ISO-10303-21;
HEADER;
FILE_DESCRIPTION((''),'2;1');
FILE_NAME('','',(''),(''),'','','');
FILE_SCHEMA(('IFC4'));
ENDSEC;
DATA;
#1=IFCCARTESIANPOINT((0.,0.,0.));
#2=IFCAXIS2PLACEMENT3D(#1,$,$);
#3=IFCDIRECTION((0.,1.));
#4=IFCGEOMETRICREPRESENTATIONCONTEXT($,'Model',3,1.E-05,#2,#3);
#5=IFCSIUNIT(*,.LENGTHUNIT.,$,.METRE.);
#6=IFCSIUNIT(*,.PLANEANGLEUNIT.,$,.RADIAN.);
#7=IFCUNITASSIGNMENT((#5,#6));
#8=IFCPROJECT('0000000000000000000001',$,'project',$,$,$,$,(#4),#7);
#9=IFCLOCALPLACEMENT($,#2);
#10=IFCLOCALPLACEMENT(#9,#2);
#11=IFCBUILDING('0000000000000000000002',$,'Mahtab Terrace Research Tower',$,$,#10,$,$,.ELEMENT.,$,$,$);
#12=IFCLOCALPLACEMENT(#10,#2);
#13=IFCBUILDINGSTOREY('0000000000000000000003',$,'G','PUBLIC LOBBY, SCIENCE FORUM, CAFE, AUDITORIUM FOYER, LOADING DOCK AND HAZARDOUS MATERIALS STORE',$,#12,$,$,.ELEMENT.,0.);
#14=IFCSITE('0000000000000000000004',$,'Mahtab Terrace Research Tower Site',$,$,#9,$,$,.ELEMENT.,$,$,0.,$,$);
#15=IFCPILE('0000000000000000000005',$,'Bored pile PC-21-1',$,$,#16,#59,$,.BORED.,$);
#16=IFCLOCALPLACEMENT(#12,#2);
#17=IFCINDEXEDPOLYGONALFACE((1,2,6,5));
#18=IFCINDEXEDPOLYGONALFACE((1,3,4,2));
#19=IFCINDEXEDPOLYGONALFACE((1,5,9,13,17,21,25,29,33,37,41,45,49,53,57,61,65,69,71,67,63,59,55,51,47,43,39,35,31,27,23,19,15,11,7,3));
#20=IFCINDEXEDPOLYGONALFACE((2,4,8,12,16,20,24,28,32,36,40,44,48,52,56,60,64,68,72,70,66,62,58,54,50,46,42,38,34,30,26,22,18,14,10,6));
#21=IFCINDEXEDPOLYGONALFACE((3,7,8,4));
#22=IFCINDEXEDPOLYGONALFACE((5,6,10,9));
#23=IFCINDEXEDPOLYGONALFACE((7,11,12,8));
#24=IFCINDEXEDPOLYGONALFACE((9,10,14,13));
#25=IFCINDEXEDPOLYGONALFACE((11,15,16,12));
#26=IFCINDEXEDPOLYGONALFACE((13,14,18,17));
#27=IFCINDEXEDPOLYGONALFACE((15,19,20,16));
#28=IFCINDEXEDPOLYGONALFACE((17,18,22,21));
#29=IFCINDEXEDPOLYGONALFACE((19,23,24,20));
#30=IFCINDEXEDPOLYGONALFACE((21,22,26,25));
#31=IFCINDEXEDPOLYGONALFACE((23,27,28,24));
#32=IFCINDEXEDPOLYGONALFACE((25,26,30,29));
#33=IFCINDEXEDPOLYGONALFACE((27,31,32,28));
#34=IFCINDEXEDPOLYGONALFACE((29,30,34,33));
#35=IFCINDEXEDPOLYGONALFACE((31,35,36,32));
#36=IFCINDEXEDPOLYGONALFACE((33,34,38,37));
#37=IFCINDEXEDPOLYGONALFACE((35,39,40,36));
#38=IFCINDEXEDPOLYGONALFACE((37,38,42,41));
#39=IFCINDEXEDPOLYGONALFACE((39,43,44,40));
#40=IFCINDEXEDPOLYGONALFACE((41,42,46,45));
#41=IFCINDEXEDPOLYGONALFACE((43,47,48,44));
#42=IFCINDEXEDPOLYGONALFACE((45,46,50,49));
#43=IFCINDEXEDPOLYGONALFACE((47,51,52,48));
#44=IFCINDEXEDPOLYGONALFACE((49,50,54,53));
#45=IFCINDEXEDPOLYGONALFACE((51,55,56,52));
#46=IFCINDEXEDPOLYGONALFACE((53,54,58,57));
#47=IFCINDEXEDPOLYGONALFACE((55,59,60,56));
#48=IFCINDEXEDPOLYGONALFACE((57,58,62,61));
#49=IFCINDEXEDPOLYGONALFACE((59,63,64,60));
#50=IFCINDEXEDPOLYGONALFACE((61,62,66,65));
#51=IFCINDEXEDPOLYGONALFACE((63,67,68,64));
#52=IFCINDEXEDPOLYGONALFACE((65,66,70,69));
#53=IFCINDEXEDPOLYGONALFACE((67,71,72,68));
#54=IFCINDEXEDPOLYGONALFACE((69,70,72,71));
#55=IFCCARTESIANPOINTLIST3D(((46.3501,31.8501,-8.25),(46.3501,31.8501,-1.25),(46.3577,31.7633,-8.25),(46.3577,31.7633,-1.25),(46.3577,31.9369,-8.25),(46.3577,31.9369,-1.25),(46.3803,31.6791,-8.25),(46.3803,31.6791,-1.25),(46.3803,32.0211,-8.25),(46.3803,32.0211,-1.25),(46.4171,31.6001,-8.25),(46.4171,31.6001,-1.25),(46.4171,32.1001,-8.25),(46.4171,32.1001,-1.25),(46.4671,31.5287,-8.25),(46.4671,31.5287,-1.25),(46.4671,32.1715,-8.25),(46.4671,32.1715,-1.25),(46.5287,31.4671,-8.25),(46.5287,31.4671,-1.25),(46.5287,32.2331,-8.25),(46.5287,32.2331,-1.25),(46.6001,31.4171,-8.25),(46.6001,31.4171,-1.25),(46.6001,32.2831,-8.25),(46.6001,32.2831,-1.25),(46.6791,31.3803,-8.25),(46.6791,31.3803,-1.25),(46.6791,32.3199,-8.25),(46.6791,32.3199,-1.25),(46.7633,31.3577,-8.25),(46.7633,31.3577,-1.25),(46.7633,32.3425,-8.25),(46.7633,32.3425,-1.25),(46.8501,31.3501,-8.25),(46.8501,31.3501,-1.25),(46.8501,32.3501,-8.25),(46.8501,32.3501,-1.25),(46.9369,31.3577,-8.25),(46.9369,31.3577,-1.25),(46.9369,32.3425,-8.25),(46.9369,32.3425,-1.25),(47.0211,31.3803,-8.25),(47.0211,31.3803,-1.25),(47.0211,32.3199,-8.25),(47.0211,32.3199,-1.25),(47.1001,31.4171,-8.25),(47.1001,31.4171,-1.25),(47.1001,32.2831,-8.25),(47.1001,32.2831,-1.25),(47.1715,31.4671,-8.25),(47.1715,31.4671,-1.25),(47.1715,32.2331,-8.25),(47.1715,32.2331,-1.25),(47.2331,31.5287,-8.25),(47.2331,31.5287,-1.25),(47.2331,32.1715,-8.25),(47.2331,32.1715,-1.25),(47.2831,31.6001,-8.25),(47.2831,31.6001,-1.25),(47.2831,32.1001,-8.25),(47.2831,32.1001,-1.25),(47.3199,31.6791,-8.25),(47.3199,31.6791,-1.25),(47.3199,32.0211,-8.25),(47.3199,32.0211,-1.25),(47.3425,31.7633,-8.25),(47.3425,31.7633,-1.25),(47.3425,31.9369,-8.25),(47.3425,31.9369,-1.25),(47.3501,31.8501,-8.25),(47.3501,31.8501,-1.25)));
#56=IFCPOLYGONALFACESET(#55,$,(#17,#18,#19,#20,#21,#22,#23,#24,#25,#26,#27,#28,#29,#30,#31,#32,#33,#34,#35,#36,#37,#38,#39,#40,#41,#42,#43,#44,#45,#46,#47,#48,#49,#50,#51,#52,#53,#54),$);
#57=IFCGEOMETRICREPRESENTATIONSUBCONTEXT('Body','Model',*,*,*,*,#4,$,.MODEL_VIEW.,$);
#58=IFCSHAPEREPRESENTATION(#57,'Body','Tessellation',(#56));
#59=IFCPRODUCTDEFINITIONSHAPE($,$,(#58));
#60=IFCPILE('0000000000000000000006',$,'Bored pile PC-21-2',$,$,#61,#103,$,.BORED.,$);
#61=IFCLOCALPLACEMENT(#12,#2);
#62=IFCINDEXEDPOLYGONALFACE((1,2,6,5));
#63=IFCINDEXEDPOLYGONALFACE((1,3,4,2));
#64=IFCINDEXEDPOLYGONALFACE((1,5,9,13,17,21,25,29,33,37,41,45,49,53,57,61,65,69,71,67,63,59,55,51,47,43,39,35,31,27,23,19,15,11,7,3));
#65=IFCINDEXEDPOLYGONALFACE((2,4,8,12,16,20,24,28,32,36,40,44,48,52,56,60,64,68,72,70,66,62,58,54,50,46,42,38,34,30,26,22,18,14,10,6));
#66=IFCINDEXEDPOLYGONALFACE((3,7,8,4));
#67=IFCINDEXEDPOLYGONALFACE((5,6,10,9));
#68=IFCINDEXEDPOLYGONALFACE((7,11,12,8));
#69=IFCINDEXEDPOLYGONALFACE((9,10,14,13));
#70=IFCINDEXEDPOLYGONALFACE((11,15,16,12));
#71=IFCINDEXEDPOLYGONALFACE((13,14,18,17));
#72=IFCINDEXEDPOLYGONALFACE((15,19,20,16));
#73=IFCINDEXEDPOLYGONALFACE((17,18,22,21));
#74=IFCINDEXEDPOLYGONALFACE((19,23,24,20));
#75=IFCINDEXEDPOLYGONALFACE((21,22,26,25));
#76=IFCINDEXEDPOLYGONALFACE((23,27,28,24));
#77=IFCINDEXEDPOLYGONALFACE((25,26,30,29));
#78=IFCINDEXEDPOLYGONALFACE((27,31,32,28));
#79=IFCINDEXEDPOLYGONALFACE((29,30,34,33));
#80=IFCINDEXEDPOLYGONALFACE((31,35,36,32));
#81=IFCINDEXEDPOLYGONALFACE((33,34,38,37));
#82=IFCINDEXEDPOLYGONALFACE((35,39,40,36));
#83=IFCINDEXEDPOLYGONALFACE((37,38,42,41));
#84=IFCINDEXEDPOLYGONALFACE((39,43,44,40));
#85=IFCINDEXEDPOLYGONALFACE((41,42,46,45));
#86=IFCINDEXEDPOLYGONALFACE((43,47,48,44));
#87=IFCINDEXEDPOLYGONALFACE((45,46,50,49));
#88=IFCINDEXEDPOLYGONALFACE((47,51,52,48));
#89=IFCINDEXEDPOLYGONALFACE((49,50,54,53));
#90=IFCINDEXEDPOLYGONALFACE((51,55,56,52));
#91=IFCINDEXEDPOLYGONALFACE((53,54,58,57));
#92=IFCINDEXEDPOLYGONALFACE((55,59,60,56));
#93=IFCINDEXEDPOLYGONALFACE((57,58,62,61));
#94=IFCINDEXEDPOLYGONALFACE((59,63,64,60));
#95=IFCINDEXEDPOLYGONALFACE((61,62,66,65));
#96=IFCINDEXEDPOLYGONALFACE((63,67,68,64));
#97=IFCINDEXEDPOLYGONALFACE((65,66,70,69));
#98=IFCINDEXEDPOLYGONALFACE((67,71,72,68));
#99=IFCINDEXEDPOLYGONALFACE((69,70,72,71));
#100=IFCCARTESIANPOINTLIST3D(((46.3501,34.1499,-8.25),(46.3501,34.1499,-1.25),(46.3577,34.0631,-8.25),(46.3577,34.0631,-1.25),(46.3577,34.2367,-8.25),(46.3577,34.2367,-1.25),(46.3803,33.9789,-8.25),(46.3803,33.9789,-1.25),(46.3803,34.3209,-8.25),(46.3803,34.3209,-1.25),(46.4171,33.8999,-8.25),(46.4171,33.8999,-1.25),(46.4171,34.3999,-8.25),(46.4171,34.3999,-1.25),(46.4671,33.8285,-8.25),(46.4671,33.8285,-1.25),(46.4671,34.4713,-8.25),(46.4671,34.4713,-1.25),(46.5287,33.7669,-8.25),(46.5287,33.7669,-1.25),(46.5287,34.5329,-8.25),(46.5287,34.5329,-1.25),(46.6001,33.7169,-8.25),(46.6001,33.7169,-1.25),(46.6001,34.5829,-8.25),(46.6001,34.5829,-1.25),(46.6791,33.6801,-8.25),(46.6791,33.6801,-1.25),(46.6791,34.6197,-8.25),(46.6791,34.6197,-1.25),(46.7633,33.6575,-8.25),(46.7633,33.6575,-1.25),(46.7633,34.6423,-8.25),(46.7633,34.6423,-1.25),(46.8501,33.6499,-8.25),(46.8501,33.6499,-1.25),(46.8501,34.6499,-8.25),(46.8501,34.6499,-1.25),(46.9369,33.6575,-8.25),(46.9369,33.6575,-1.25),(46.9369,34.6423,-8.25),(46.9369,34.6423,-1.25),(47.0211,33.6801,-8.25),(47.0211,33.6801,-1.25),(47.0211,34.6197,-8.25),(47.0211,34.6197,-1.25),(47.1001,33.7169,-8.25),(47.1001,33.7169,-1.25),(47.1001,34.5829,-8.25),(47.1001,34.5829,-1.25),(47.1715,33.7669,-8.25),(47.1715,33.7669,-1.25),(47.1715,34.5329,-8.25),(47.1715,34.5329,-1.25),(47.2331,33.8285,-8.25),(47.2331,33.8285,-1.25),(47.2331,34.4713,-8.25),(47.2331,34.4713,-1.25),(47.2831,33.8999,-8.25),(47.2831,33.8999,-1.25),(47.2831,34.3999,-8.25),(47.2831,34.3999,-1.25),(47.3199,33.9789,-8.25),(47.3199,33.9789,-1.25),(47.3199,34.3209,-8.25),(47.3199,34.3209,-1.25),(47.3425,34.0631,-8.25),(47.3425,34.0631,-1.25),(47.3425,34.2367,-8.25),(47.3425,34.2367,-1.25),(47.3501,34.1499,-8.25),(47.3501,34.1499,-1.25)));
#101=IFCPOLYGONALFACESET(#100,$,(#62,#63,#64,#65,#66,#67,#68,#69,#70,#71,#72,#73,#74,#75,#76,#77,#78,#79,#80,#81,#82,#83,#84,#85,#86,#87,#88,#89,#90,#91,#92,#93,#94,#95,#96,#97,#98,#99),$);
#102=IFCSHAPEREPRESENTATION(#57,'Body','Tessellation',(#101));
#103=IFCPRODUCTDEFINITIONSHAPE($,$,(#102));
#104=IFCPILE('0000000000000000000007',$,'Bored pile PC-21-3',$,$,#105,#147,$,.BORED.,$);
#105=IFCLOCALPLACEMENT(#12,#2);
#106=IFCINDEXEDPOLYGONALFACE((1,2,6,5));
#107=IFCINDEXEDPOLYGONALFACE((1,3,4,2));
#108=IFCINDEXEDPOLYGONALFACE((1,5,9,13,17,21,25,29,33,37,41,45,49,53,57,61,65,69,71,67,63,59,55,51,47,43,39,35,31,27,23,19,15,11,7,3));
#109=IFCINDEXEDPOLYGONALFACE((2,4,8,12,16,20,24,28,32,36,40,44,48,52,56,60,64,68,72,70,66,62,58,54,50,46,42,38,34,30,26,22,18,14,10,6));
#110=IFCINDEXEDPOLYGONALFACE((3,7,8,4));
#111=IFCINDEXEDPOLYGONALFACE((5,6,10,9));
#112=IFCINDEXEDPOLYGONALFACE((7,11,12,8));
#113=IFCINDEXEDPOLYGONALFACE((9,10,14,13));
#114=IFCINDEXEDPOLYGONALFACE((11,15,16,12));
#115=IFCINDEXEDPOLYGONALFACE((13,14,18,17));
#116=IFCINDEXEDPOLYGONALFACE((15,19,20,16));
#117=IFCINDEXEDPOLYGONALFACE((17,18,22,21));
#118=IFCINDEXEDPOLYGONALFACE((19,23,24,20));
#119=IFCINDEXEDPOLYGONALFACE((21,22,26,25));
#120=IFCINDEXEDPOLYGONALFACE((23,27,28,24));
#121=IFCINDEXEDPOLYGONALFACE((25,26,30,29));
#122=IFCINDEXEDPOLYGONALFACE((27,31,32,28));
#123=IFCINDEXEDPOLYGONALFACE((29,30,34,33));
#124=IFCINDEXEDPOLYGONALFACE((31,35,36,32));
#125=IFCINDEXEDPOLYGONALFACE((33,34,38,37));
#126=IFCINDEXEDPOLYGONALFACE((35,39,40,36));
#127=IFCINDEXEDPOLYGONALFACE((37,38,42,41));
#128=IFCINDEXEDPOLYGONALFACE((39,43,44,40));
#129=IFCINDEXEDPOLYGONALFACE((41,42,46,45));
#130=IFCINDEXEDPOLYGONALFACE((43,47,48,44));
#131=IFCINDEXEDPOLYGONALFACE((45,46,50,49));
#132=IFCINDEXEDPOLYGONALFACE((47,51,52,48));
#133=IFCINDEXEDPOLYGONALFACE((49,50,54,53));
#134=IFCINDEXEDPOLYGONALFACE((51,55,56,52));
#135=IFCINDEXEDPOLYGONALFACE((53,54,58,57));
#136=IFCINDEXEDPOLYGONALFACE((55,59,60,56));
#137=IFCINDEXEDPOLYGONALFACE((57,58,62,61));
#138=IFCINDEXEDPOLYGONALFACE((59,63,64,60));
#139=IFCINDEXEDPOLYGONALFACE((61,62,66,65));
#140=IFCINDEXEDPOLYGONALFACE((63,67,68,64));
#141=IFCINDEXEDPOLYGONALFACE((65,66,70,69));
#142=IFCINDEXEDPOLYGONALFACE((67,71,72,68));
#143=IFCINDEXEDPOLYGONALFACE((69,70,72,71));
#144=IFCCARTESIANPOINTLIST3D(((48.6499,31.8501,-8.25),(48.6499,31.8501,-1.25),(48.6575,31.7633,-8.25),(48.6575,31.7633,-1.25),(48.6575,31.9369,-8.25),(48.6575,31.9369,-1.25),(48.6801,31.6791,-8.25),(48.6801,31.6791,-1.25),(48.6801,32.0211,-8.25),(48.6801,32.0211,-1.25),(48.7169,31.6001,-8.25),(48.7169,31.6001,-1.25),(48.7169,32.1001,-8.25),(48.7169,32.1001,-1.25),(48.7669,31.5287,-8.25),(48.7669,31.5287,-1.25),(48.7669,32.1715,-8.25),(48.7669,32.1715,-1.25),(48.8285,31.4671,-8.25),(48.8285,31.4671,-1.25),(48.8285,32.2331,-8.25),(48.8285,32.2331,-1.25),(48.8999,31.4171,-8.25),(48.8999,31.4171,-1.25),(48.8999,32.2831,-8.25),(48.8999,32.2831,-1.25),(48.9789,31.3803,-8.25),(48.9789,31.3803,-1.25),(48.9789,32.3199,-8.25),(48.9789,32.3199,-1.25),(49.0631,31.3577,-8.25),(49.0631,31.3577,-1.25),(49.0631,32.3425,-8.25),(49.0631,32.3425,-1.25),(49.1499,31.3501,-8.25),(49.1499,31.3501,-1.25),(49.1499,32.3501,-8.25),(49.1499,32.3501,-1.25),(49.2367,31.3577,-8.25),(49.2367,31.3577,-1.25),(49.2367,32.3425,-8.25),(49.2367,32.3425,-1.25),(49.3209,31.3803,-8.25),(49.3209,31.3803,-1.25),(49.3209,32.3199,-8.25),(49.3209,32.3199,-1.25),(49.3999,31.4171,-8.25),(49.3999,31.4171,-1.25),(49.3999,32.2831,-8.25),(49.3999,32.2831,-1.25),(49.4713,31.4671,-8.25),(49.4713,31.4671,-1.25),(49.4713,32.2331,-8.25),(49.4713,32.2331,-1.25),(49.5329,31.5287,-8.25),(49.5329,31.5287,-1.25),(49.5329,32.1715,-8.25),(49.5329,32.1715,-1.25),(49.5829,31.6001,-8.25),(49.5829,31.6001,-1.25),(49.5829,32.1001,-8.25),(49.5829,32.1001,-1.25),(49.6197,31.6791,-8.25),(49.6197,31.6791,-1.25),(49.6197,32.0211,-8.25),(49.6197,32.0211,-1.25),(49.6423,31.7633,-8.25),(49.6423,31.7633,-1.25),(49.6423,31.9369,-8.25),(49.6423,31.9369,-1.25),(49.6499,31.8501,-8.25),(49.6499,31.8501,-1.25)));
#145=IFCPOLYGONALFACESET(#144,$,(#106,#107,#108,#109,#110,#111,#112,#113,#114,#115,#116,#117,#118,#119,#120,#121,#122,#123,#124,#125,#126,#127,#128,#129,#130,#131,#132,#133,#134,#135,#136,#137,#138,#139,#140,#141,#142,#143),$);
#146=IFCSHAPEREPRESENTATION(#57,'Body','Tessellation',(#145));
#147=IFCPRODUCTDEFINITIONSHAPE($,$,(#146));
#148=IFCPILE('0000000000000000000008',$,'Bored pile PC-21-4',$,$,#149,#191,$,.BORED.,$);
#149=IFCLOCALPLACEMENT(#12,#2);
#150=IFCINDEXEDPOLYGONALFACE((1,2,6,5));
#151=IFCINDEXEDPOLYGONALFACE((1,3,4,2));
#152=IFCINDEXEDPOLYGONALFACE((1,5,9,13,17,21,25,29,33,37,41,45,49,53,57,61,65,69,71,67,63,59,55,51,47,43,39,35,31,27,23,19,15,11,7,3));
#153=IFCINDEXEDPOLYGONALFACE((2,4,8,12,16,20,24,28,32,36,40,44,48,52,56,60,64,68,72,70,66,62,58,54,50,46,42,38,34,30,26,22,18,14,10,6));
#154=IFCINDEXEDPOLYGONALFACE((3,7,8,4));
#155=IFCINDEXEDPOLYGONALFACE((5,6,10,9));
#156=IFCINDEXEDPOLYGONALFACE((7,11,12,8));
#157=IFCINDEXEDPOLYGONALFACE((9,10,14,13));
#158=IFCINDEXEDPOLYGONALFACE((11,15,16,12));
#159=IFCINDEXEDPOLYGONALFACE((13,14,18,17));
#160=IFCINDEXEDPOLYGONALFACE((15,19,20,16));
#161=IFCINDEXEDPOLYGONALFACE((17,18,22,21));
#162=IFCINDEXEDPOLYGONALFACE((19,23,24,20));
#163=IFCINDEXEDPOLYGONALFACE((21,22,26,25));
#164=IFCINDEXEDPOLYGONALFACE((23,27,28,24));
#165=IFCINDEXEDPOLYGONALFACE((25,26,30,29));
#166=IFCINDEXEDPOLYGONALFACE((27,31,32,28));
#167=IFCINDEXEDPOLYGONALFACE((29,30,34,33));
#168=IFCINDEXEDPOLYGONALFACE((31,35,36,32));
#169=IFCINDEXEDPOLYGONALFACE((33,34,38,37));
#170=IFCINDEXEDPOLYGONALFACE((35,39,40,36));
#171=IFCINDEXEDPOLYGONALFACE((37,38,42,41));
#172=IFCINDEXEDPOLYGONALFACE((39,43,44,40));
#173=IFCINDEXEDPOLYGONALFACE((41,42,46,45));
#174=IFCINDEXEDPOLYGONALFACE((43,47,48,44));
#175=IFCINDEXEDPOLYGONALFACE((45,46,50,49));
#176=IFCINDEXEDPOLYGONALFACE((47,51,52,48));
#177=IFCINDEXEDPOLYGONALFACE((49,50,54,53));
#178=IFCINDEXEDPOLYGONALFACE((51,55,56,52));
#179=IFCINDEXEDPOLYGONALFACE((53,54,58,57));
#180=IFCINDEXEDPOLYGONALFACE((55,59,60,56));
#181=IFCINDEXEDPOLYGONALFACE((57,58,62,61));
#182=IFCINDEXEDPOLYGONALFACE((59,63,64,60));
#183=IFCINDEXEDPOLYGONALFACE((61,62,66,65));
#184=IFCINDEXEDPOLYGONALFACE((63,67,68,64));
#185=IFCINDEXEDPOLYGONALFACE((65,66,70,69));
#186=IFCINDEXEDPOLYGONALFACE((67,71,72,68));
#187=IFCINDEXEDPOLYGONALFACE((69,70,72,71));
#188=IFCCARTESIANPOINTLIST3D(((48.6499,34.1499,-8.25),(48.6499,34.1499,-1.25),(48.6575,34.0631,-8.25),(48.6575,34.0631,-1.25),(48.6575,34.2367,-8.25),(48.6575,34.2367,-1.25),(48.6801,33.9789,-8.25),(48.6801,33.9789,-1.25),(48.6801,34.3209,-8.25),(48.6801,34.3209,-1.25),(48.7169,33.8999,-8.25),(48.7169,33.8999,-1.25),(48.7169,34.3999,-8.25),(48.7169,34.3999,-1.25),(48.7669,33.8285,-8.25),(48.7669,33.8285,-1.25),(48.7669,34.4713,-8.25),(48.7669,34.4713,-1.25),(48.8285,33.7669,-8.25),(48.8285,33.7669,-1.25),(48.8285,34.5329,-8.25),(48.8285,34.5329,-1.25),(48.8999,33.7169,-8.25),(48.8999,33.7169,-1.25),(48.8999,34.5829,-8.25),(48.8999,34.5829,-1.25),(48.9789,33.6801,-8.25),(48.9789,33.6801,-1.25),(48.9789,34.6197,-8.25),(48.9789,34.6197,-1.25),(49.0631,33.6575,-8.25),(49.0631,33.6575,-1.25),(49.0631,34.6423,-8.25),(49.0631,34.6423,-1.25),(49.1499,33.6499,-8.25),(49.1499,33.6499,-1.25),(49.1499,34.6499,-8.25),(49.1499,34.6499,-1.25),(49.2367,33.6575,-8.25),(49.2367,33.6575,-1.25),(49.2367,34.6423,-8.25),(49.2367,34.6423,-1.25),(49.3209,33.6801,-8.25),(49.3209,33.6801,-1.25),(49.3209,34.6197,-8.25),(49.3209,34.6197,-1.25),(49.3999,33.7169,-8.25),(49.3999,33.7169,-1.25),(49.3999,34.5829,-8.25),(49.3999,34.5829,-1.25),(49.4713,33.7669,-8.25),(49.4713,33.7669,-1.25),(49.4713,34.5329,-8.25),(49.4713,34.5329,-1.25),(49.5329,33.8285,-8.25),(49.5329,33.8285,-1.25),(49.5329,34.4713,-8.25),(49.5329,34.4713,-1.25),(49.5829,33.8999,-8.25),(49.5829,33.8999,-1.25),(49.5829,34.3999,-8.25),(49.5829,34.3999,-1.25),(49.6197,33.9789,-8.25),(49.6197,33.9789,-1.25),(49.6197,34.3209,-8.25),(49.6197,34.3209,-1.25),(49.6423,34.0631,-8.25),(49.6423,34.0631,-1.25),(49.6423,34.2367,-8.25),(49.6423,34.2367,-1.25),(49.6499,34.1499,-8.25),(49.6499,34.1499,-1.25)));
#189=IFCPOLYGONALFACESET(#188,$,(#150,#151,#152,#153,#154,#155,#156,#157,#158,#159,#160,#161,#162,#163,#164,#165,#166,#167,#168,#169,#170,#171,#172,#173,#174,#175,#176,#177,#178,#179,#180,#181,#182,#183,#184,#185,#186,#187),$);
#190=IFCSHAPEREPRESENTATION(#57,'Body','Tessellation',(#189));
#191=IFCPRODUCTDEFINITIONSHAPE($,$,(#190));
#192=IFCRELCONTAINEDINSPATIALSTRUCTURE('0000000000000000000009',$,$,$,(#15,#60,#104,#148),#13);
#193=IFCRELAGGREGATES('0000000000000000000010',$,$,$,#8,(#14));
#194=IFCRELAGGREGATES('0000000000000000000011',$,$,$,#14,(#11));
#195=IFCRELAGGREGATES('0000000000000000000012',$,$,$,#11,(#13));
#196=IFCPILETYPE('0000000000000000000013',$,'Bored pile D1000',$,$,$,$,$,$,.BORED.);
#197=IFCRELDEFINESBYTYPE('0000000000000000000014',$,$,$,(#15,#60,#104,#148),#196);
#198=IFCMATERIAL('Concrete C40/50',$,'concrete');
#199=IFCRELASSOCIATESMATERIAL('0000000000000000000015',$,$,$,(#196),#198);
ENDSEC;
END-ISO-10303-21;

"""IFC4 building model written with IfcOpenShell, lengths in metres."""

from ifc_helpers import new_model, si_unit, direction, frame, origin, origin_2d, place, context, subcontext, project, spatial, circle, extrude, material, material_profile, profile_set, type_object, element, save


model = new_model("IFC4")

# Units and contexts
model_context = context("Model", 3, precision=1e-05, world=origin(), true_north=direction((0.0, 1.0)))
body_context = subcontext(model_context, "Body", "Model", "MODEL_VIEW")
ifc_project = project(units=[si_unit("LENGTHUNIT", "METRE"), si_unit("PLANEANGLEUNIT", "RADIAN")], contexts=[model_context])

# Site, building, storey
site_placement = place(None, origin())
site = spatial("IfcSite", under=ifc_project, at=site_placement, Name="Mahtab Terrace Research Tower Site", CompositionType="ELEMENT", RefElevation=0.0)
building_placement = place(site_placement, origin())
building = spatial("IfcBuilding", under=site, at=building_placement, Name="Mahtab Terrace Research Tower", CompositionType="ELEMENT")
storey_placement = place(building_placement, origin())
storey = spatial("IfcBuildingStorey", under=building, at=storey_placement, Name="G", Description="PUBLIC LOBBY, SCIENCE FORUM, CAFE, AUDITORIUM FOYER, LOADING DOCK AND HAZARDOUS MATERIALS STORE", CompositionType="ELEMENT", Elevation=0.0)

# Piles
ifc_material_1 = material(Name="Concrete C40/50", Category="concrete")
ifc_material_profile_1 = material_profile(ifc_material_1, circle(Radius=0.5, at=origin_2d()), Name="Bored pile D1000")
ifc_profile_set_1 = profile_set([ifc_material_profile_1], Name="Concrete C40/50")
pile_type_1 = type_object("IfcPileType", Name="Bored pile D1000", PredefinedType="BORED", material=ifc_profile_set_1)
for number, where, z_axis, x_axis, name in (
    (1, (46.8501, 31.8501, -1.25), (0.0, 0.0, -1.0), (1.0, 0.0, 0.0), "Bored pile PC-21-1"),
    (2, (46.8501, 34.1499, -1.25), (0.0, 0.0, -1.0), (1.0, 0.0, 0.0), "Bored pile PC-21-2"),
    (3, (49.1499, 31.8501, -1.25), (0.0, 0.0, -1.0), (1.0, 0.0, 0.0), "Bored pile PC-21-3"),
    (4, (49.1499, 34.1499, -1.25), (0.0, 0.0, -1.0), (1.0, 0.0, 0.0), "Bored pile PC-21-4"),
):
    element("IfcPile", number, at=place(storey_placement, frame(where, z_axis=z_axis, x_axis=x_axis)), inside=storey, type_object=pile_type_1, Name=name, PredefinedType="BORED", context=body_context, shape_type="SweptSolid", body=[
        extrude(circle(Radius=0.5, at=origin_2d()), origin(), (0.0, 0.0, 1.0), 7.0),
    ])

save(model, "model.ifc")
